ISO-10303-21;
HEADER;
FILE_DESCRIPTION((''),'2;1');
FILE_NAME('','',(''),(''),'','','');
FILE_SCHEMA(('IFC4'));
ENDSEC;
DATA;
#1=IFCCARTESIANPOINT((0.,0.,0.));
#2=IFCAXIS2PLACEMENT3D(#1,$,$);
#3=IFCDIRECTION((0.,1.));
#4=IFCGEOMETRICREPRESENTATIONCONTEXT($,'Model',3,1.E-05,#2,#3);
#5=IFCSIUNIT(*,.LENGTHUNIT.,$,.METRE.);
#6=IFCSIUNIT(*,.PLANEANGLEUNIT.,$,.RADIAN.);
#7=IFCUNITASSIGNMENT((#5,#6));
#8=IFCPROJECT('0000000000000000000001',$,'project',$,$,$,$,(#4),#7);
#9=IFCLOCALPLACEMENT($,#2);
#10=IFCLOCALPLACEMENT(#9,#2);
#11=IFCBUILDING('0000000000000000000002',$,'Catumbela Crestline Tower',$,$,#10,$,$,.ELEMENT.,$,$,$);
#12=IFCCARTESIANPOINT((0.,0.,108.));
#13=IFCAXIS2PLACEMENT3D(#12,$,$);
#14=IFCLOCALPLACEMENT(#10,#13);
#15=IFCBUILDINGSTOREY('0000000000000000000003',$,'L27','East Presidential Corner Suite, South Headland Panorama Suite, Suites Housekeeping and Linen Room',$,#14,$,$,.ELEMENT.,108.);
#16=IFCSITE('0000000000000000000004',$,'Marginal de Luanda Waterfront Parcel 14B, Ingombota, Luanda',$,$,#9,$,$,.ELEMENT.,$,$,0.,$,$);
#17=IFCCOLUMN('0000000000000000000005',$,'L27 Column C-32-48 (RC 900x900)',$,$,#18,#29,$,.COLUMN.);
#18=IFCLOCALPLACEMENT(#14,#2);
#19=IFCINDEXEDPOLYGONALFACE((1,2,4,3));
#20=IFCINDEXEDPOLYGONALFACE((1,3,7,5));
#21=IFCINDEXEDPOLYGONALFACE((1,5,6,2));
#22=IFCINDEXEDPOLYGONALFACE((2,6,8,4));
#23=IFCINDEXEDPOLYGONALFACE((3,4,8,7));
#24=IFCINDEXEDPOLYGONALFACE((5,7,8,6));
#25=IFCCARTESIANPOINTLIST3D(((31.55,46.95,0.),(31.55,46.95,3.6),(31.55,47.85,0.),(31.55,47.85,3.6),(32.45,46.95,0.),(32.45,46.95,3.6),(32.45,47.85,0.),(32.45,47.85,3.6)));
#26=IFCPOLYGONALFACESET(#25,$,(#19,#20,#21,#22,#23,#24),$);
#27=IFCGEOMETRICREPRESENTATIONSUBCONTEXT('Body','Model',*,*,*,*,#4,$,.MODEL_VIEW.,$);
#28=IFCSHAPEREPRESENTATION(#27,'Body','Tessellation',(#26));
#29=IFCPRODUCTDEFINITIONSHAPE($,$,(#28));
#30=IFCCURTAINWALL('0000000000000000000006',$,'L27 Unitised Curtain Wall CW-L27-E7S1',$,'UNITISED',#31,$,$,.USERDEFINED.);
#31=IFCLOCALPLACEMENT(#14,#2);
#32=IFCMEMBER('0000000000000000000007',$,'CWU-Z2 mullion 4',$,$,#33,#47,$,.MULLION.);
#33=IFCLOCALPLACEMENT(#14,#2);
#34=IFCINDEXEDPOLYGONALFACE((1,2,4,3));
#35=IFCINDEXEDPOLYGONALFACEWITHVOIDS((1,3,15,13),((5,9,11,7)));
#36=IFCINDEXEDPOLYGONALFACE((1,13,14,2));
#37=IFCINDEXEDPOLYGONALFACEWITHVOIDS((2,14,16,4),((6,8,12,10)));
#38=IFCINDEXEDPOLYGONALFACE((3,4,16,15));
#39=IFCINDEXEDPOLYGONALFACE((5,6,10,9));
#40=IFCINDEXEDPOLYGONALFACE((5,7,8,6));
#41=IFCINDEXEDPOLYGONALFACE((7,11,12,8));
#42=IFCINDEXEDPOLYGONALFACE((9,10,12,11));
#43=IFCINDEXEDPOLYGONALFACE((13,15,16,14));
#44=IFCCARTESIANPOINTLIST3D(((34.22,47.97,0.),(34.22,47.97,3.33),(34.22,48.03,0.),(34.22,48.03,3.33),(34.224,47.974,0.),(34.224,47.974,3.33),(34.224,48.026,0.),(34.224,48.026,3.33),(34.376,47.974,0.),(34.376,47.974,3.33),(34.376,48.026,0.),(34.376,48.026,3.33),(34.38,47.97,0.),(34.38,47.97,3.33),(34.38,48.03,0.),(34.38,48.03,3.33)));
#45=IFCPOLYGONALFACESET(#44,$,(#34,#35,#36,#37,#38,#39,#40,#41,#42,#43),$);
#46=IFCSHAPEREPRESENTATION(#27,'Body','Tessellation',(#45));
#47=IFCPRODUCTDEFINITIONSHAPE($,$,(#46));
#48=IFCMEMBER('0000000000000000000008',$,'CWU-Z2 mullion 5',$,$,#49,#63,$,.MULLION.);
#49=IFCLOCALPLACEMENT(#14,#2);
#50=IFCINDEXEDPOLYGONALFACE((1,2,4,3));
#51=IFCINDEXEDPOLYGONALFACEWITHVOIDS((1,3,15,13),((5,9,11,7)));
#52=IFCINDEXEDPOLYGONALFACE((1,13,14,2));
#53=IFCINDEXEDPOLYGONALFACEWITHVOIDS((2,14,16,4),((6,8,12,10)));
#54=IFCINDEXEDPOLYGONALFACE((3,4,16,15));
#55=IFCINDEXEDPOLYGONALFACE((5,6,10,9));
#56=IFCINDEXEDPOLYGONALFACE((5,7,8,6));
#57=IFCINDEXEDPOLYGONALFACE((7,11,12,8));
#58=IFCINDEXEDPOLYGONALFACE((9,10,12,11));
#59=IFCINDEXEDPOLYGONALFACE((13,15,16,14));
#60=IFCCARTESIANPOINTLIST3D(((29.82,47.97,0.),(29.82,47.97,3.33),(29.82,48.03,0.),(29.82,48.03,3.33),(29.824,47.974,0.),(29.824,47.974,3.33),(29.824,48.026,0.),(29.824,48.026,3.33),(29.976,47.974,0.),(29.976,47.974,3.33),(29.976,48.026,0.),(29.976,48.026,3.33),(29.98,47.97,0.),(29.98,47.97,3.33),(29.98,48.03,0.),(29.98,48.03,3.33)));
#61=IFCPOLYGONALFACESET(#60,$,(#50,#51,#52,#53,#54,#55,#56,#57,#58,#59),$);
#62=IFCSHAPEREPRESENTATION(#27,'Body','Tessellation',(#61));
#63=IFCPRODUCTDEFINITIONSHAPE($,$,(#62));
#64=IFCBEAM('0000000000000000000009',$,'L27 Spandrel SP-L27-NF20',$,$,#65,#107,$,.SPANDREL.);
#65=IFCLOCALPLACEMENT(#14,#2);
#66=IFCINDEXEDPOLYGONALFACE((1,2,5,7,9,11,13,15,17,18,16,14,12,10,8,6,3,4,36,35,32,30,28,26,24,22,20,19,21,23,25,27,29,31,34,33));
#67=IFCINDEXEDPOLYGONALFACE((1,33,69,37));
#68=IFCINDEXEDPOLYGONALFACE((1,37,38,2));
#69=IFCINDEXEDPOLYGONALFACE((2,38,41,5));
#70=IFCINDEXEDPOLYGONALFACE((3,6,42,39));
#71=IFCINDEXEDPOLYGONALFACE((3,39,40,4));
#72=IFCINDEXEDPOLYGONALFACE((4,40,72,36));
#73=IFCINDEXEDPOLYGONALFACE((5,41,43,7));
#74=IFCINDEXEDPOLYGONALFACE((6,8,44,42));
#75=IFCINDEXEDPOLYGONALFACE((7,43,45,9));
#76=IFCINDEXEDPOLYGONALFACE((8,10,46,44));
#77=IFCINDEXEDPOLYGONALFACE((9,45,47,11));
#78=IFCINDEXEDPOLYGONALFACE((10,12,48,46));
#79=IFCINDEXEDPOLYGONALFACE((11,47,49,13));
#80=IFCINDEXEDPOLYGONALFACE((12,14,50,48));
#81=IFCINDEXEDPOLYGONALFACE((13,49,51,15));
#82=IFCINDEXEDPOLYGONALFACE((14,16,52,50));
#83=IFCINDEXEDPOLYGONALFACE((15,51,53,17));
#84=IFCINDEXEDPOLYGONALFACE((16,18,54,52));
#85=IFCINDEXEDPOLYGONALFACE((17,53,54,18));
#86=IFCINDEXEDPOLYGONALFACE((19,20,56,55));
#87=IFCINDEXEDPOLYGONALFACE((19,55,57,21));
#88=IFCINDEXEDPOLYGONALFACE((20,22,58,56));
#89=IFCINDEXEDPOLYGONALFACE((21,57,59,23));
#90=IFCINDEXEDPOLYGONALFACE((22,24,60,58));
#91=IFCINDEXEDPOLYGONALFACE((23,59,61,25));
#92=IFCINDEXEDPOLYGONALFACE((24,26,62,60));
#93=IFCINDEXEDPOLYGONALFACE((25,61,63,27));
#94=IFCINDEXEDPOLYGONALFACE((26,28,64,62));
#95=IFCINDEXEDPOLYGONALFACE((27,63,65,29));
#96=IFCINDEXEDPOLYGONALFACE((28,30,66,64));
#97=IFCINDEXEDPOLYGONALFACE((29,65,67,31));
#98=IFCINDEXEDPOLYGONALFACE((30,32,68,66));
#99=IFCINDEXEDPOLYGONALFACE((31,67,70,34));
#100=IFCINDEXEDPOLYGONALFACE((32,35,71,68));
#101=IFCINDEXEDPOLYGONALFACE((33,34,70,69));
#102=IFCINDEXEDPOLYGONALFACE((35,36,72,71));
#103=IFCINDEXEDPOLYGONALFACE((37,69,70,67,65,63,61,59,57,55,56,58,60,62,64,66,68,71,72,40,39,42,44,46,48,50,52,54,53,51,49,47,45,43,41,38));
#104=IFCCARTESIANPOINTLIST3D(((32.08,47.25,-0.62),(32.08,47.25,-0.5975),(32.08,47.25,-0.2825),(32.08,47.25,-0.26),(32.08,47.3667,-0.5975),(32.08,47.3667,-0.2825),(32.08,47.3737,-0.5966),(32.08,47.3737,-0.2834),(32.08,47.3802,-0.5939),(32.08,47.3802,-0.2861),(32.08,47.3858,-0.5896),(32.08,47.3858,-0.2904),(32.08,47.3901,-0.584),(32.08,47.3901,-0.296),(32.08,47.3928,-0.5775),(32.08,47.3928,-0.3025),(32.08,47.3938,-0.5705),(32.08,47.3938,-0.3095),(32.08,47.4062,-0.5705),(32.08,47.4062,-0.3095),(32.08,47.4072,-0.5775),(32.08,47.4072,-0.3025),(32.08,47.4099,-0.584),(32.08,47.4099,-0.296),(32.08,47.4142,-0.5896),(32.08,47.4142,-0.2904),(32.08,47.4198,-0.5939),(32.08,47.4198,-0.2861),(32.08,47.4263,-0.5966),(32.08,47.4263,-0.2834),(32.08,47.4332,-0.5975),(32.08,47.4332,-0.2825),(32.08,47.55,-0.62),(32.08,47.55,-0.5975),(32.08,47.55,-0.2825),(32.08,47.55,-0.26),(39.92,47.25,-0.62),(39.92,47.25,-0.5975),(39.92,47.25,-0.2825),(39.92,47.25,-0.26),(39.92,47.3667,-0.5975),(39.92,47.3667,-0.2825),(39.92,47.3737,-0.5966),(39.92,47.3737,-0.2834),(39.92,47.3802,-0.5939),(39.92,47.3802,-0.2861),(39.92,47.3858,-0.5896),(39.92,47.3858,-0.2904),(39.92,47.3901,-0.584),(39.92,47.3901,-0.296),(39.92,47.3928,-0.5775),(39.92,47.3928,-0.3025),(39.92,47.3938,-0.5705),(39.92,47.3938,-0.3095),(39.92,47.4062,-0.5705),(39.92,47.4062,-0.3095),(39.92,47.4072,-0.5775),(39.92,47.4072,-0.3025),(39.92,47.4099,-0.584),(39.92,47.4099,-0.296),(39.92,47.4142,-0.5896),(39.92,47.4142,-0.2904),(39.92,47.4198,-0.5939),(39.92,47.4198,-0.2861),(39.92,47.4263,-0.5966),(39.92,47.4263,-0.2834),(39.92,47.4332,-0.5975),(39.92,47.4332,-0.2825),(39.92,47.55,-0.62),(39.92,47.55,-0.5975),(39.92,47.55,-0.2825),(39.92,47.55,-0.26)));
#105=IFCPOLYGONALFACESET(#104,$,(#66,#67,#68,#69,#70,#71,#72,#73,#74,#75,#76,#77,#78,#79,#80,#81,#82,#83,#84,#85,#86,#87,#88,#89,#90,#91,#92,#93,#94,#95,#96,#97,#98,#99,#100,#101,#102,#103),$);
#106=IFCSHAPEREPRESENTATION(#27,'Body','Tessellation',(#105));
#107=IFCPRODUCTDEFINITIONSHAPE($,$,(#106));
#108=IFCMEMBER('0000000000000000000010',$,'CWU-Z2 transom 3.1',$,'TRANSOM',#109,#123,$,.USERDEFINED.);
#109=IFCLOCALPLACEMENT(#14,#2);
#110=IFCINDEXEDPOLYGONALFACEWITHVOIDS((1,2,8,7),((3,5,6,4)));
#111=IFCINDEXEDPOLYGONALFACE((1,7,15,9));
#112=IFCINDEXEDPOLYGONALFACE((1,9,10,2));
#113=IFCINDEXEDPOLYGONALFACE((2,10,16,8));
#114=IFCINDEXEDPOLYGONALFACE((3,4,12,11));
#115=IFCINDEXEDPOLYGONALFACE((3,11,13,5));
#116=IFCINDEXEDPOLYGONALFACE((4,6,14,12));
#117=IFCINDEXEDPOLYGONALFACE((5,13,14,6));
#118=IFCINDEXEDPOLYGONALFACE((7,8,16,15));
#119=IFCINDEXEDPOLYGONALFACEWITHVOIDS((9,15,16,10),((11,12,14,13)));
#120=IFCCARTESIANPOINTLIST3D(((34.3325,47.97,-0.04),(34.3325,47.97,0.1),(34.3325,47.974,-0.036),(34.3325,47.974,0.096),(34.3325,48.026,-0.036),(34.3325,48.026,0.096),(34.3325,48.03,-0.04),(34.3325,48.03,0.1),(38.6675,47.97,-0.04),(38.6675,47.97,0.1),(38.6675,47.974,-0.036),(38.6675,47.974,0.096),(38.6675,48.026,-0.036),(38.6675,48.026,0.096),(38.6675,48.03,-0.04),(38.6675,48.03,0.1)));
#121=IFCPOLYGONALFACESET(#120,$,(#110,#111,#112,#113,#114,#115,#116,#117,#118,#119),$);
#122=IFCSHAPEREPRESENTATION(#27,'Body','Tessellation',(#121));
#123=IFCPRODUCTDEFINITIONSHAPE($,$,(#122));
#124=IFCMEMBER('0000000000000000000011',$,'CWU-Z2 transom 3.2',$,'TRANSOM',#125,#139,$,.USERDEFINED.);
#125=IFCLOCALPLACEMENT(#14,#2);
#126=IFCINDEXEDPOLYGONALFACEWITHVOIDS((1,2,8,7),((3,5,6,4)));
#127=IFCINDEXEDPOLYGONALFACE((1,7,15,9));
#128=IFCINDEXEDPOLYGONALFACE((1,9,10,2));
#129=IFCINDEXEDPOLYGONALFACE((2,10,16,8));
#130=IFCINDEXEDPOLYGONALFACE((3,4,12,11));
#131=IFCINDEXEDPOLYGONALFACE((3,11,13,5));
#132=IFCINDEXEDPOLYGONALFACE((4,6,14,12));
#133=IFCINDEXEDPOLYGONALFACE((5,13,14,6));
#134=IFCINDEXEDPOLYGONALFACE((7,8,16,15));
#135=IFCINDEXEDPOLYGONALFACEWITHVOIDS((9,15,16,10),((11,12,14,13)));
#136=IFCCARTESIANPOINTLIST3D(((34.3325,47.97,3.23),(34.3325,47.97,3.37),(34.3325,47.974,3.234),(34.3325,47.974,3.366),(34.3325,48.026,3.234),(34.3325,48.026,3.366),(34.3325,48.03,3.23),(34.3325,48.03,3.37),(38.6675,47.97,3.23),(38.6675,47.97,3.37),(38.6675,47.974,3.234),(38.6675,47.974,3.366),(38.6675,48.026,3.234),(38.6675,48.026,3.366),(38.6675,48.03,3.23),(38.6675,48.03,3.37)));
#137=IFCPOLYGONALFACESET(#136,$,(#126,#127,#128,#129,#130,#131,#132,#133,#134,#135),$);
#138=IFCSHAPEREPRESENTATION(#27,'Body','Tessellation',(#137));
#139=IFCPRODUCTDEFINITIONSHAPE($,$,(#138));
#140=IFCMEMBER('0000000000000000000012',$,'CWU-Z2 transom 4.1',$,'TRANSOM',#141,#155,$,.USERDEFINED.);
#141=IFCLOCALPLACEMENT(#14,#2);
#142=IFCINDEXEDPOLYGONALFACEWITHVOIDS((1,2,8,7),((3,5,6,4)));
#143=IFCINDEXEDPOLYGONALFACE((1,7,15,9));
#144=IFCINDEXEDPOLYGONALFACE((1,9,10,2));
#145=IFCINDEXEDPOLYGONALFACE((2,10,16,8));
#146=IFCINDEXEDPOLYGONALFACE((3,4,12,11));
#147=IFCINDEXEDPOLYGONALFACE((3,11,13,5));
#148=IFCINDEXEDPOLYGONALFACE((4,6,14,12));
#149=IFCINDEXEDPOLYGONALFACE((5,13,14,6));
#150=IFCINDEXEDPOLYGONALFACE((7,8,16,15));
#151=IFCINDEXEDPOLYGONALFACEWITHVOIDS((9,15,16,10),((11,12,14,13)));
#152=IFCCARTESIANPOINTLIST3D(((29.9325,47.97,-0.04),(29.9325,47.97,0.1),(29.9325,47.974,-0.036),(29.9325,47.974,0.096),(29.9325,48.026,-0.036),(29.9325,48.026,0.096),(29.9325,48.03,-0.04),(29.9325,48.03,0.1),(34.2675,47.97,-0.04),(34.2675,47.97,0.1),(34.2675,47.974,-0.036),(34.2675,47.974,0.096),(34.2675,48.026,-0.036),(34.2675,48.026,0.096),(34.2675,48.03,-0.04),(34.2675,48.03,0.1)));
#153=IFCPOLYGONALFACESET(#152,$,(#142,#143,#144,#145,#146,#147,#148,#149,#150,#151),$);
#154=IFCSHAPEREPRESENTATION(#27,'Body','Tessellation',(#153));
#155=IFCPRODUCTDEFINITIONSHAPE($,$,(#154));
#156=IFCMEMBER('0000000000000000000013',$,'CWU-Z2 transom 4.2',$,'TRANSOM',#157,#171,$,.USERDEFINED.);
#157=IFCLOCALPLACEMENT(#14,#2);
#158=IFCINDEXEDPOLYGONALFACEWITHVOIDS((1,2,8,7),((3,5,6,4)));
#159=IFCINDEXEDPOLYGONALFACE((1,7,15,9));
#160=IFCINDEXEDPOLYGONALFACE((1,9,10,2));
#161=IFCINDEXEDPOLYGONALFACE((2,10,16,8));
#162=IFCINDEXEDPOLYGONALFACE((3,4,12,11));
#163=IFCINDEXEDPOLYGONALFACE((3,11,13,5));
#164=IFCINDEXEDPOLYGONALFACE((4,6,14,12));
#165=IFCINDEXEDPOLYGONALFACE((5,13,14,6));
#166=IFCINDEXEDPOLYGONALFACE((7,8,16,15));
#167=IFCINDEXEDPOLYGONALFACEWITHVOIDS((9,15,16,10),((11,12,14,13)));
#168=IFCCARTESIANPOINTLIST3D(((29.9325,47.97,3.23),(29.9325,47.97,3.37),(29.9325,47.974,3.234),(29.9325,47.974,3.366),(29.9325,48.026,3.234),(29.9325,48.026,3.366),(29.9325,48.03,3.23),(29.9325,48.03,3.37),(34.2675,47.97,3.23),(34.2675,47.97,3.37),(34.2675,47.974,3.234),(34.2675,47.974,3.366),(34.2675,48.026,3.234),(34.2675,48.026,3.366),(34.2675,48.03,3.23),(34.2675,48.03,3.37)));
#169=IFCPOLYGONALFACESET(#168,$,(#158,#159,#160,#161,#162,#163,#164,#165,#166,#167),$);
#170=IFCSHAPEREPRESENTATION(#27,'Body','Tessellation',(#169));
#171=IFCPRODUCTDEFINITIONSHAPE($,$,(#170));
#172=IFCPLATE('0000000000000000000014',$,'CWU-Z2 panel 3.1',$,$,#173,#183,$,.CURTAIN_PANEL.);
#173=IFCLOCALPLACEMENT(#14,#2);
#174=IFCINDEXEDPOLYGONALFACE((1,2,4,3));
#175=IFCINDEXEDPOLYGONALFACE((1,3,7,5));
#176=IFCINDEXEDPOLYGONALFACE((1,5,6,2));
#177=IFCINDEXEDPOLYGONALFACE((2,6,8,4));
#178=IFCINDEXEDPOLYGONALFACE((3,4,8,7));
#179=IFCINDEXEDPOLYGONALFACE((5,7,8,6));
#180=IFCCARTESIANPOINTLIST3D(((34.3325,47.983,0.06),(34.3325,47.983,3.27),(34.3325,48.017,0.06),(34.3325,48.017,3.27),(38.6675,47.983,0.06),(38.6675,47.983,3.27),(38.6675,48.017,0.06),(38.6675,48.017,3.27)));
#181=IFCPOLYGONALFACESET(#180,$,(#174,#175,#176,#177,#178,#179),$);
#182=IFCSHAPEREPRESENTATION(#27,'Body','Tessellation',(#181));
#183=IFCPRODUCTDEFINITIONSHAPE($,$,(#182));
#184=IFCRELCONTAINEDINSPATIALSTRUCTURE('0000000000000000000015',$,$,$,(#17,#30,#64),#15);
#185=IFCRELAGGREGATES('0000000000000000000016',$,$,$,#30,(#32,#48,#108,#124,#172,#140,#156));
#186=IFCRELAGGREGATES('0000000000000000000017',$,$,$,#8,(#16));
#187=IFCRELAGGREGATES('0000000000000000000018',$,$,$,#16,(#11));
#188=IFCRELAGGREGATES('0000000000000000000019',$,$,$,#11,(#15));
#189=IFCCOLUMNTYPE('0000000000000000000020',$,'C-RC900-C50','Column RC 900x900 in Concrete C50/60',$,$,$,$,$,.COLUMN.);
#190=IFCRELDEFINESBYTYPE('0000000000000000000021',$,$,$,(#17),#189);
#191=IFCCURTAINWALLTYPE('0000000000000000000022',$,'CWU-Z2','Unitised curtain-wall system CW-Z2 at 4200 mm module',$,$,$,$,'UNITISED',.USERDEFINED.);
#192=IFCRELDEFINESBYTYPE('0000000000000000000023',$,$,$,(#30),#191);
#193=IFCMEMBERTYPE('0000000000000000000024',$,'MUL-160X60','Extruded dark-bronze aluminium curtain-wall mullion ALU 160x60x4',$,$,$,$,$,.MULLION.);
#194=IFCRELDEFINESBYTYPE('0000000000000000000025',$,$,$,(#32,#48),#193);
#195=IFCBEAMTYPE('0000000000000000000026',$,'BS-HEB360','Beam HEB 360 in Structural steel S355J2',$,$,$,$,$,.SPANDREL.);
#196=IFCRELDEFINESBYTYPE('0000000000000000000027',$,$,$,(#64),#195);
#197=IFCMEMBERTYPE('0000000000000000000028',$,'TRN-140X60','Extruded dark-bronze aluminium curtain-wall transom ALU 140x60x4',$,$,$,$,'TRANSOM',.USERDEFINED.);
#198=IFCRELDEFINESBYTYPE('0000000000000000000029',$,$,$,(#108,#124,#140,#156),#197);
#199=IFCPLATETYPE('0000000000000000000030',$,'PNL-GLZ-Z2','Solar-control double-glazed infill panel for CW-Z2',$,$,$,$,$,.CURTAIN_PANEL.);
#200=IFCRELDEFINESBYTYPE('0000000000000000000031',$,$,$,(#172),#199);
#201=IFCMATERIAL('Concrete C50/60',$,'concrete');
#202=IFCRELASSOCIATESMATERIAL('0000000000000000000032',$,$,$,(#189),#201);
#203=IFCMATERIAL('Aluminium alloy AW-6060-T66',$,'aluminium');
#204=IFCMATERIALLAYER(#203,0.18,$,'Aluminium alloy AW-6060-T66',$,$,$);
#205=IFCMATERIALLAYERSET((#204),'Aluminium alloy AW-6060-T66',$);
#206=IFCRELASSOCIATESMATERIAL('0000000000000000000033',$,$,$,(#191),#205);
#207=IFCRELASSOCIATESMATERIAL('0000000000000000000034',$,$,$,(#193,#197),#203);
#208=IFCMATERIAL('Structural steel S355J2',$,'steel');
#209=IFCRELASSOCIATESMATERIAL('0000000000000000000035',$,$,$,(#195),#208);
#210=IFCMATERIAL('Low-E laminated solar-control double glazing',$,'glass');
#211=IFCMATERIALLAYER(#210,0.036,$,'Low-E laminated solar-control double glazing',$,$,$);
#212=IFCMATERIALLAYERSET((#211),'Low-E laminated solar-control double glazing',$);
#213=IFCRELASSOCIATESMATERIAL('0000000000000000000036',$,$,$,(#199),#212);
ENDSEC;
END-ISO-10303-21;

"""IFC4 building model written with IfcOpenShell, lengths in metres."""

from ifc_helpers import new_model, si_unit, direction, frame, origin, origin_2d, place, context, subcontext, project, spatial, rectangle, hollow_rectangle, i_section, extrude, material, layer, layer_set, material_profile, profile_set, type_object, element, aggregate, save


model = new_model("IFC4")

# Units and contexts
model_context = context("Model", 3, precision=1e-05, world=origin(), true_north=direction((0.0, 1.0)))
body_context = subcontext(model_context, "Body", "Model", "MODEL_VIEW")
ifc_project = project(units=[si_unit("LENGTHUNIT", "METRE"), si_unit("PLANEANGLEUNIT", "RADIAN")], contexts=[model_context])

# Site, building, storey
site_placement = place(None, origin())
site = spatial("IfcSite", under=ifc_project, at=site_placement, Name="Marginal de Luanda Waterfront Parcel 14B, Ingombota, Luanda", CompositionType="ELEMENT", RefElevation=0.0)
building_placement = place(site_placement, origin())
building = spatial("IfcBuilding", under=site, at=building_placement, Name="Catumbela Crestline Tower", CompositionType="ELEMENT")
storey_placement = place(building_placement, frame((0.0, 0.0, 108.0)))
storey = spatial("IfcBuildingStorey", under=building, at=storey_placement, Name="L27", Description="East Presidential Corner Suite, South Headland Panorama Suite, Suites Housekeeping and Linen Room", CompositionType="ELEMENT", Elevation=108.0)

# Column
ifc_material_1 = material(Name="Concrete C50/60", Category="concrete")
ifc_material_profile_1 = material_profile(ifc_material_1, rectangle(XDim=0.9, YDim=0.9, at=origin_2d()), Name="RC 900x900")
ifc_profile_set_1 = profile_set([ifc_material_profile_1], Name="Concrete C50/60")
column_type = type_object("IfcColumnType", Name="C-RC900-C50", Description="Column RC 900x900 in Concrete C50/60", PredefinedType="COLUMN", material=ifc_profile_set_1)
column_placement = place(storey_placement, frame((32.0, 47.4, 0.0), z_axis=(0.0, 0.0, 1.0), x_axis=(1.0, 0.0, 0.0)))
element("IfcColumn", 1, at=column_placement, inside=storey, type_object=column_type, Name="L27 Column C-32-48 (RC 900x900)", PredefinedType="COLUMN", context=body_context, shape_type="SweptSolid", body=[
    extrude(rectangle(XDim=0.9, YDim=0.9, at=origin_2d()), origin(), (0.0, 0.0, 1.0), 3.6),
])

# Curtain wall, members
ifc_material_2 = material(Name="Aluminium alloy AW-6060-T66", Category="aluminium")
ifc_layer_1 = layer(ifc_material_2, 0.18, Name="Aluminium alloy AW-6060-T66")
ifc_layer_set_1 = layer_set([ifc_layer_1], Name="Aluminium alloy AW-6060-T66")
curtain_wall_type = type_object("IfcCurtainWallType", Name="CWU-Z2", Description="Unitised curtain-wall system CW-Z2 at 4200 mm module", ElementType="UNITISED", PredefinedType="USERDEFINED", material=ifc_layer_set_1)
curtain_wall_placement = place(storey_placement, origin())
curtain_wall = element("IfcCurtainWall", 2, at=curtain_wall_placement, inside=storey, type_object=curtain_wall_type, Name="L27 Unitised Curtain Wall CW-L27-E7S1", ObjectType="UNITISED", PredefinedType="USERDEFINED")
ifc_material_profile_2 = material_profile(ifc_material_2, hollow_rectangle(XDim=0.06, YDim=0.16, WallThickness=0.004, at=origin_2d()), Name="ALU 160x60x4")
ifc_profile_set_2 = profile_set([ifc_material_profile_2], Name="Aluminium alloy AW-6060-T66")
member_type_1 = type_object("IfcMemberType", Name="MUL-160X60", Description="Extruded dark-bronze aluminium curtain-wall mullion ALU 160x60x4", PredefinedType="MULLION", material=ifc_profile_set_2)
member_1_placement = place(storey_placement, frame((34.3, 48.0, 0.0), z_axis=(0.0, 0.0, 1.0), x_axis=(0.0, -1.0, 0.0)))
member_1 = element("IfcMember", 3, at=member_1_placement, type_object=member_type_1, Name="CWU-Z2 mullion 4", PredefinedType="MULLION", context=body_context, shape_type="SweptSolid", body=[
    extrude(hollow_rectangle(XDim=0.06, YDim=0.16, WallThickness=0.004, at=origin_2d()), origin(), (0.0, 0.0, 1.0), 3.33),
])
member_2_placement = place(storey_placement, frame((29.9, 48.0, 0.0), z_axis=(0.0, 0.0, 1.0), x_axis=(0.0, -1.0, 0.0)))
member_2 = element("IfcMember", 4, at=member_2_placement, type_object=member_type_1, Name="CWU-Z2 mullion 5", PredefinedType="MULLION", context=body_context, shape_type="SweptSolid", body=[
    extrude(hollow_rectangle(XDim=0.06, YDim=0.16, WallThickness=0.004, at=origin_2d()), origin(), (0.0, 0.0, 1.0), 3.33),
])

# Beam
ifc_material_3 = material(Name="Structural steel S355J2", Category="steel")
ifc_material_profile_3 = material_profile(ifc_material_3, i_section(OverallWidth=0.3, OverallDepth=0.36, WebThickness=0.0125, FlangeThickness=0.0225, FilletRadius=0.027, at=origin_2d()), Name="HEB 360")
ifc_profile_set_3 = profile_set([ifc_material_profile_3], Name="Structural steel S355J2")
beam_type = type_object("IfcBeamType", Name="BS-HEB360", Description="Beam HEB 360 in Structural steel S355J2", PredefinedType="SPANDREL", material=ifc_profile_set_3)
beam_placement = place(storey_placement, frame((32.08, 47.4, -0.44), z_axis=(1.0, 0.0, 0.0), x_axis=(0.0, 1.0, 0.0)))
element("IfcBeam", 5, at=beam_placement, inside=storey, type_object=beam_type, Name="L27 Spandrel SP-L27-NF20", PredefinedType="SPANDREL", context=body_context, shape_type="SweptSolid", body=[
    extrude(i_section(OverallWidth=0.3, OverallDepth=0.36, WebThickness=0.0125, FlangeThickness=0.0225, FilletRadius=0.027, at=origin_2d()), origin(), (0.0, 0.0, 1.0), 7.84),
])

# Members
ifc_material_profile_4 = material_profile(ifc_material_2, hollow_rectangle(XDim=0.06, YDim=0.14, WallThickness=0.004, at=origin_2d()), Name="ALU 140x60x4")
ifc_profile_set_4 = profile_set([ifc_material_profile_4], Name="Aluminium alloy AW-6060-T66")
member_type_2 = type_object("IfcMemberType", Name="TRN-140X60", Description="Extruded dark-bronze aluminium curtain-wall transom ALU 140x60x4", ElementType="TRANSOM", PredefinedType="USERDEFINED", material=ifc_profile_set_4)
member_3_placement = place(storey_placement, frame((38.6675, 48.0, 0.03), z_axis=(-1.0, 0.0, 0.0), x_axis=(0.0, -1.0, 0.0)))
member_3 = element("IfcMember", 6, at=member_3_placement, type_object=member_type_2, Name="CWU-Z2 transom 3.1", ObjectType="TRANSOM", PredefinedType="USERDEFINED", context=body_context, shape_type="SweptSolid", body=[
    extrude(hollow_rectangle(XDim=0.06, YDim=0.14, WallThickness=0.004, at=origin_2d()), origin(), (0.0, 0.0, 1.0), 4.335),
])
member_4_placement = place(storey_placement, frame((38.6675, 48.0, 3.3), z_axis=(-1.0, 0.0, 0.0), x_axis=(0.0, -1.0, 0.0)))
member_4 = element("IfcMember", 7, at=member_4_placement, type_object=member_type_2, Name="CWU-Z2 transom 3.2", ObjectType="TRANSOM", PredefinedType="USERDEFINED", context=body_context, shape_type="SweptSolid", body=[
    extrude(hollow_rectangle(XDim=0.06, YDim=0.14, WallThickness=0.004, at=origin_2d()), origin(), (0.0, 0.0, 1.0), 4.335),
])
member_5_placement = place(storey_placement, frame((34.2675, 48.0, 0.03), z_axis=(-1.0, 0.0, 0.0), x_axis=(0.0, -1.0, 0.0)))
member_5 = element("IfcMember", 8, at=member_5_placement, type_object=member_type_2, Name="CWU-Z2 transom 4.1", ObjectType="TRANSOM", PredefinedType="USERDEFINED", context=body_context, shape_type="SweptSolid", body=[
    extrude(hollow_rectangle(XDim=0.06, YDim=0.14, WallThickness=0.004, at=origin_2d()), origin(), (0.0, 0.0, 1.0), 4.335),
])
member_6_placement = place(storey_placement, frame((34.2675, 48.0, 3.3), z_axis=(-1.0, 0.0, 0.0), x_axis=(0.0, -1.0, 0.0)))
member_6 = element("IfcMember", 9, at=member_6_placement, type_object=member_type_2, Name="CWU-Z2 transom 4.2", ObjectType="TRANSOM", PredefinedType="USERDEFINED", context=body_context, shape_type="SweptSolid", body=[
    extrude(hollow_rectangle(XDim=0.06, YDim=0.14, WallThickness=0.004, at=origin_2d()), origin(), (0.0, 0.0, 1.0), 4.335),
])

# Plate
ifc_material_4 = material(Name="Low-E laminated solar-control double glazing", Category="glass")
ifc_layer_2 = layer(ifc_material_4, 0.036, Name="Low-E laminated solar-control double glazing")
ifc_layer_set_2 = layer_set([ifc_layer_2], Name="Low-E laminated solar-control double glazing")
plate_type = type_object("IfcPlateType", Name="PNL-GLZ-Z2", Description="Solar-control double-glazed infill panel for CW-Z2", PredefinedType="CURTAIN_PANEL", material=ifc_layer_set_2)
plate_1_placement = place(storey_placement, frame((36.5, 48.0, 0.06), z_axis=(0.0, 0.0, 1.0), x_axis=(-1.0, 0.0, 0.0)))
plate_1 = element("IfcPlate", 10, at=plate_1_placement, type_object=plate_type, Name="CWU-Z2 panel 3.1", PredefinedType="CURTAIN_PANEL", context=body_context, shape_type="SweptSolid", body=[
    extrude(rectangle(XDim=4.335, YDim=0.034, at=origin_2d()), origin(), (0.0, 0.0, 1.0), 3.21),
])
aggregate(curtain_wall, [member_1, member_2, member_3, member_4, plate_1, member_5, member_6])

save(model, "model.ifc")
